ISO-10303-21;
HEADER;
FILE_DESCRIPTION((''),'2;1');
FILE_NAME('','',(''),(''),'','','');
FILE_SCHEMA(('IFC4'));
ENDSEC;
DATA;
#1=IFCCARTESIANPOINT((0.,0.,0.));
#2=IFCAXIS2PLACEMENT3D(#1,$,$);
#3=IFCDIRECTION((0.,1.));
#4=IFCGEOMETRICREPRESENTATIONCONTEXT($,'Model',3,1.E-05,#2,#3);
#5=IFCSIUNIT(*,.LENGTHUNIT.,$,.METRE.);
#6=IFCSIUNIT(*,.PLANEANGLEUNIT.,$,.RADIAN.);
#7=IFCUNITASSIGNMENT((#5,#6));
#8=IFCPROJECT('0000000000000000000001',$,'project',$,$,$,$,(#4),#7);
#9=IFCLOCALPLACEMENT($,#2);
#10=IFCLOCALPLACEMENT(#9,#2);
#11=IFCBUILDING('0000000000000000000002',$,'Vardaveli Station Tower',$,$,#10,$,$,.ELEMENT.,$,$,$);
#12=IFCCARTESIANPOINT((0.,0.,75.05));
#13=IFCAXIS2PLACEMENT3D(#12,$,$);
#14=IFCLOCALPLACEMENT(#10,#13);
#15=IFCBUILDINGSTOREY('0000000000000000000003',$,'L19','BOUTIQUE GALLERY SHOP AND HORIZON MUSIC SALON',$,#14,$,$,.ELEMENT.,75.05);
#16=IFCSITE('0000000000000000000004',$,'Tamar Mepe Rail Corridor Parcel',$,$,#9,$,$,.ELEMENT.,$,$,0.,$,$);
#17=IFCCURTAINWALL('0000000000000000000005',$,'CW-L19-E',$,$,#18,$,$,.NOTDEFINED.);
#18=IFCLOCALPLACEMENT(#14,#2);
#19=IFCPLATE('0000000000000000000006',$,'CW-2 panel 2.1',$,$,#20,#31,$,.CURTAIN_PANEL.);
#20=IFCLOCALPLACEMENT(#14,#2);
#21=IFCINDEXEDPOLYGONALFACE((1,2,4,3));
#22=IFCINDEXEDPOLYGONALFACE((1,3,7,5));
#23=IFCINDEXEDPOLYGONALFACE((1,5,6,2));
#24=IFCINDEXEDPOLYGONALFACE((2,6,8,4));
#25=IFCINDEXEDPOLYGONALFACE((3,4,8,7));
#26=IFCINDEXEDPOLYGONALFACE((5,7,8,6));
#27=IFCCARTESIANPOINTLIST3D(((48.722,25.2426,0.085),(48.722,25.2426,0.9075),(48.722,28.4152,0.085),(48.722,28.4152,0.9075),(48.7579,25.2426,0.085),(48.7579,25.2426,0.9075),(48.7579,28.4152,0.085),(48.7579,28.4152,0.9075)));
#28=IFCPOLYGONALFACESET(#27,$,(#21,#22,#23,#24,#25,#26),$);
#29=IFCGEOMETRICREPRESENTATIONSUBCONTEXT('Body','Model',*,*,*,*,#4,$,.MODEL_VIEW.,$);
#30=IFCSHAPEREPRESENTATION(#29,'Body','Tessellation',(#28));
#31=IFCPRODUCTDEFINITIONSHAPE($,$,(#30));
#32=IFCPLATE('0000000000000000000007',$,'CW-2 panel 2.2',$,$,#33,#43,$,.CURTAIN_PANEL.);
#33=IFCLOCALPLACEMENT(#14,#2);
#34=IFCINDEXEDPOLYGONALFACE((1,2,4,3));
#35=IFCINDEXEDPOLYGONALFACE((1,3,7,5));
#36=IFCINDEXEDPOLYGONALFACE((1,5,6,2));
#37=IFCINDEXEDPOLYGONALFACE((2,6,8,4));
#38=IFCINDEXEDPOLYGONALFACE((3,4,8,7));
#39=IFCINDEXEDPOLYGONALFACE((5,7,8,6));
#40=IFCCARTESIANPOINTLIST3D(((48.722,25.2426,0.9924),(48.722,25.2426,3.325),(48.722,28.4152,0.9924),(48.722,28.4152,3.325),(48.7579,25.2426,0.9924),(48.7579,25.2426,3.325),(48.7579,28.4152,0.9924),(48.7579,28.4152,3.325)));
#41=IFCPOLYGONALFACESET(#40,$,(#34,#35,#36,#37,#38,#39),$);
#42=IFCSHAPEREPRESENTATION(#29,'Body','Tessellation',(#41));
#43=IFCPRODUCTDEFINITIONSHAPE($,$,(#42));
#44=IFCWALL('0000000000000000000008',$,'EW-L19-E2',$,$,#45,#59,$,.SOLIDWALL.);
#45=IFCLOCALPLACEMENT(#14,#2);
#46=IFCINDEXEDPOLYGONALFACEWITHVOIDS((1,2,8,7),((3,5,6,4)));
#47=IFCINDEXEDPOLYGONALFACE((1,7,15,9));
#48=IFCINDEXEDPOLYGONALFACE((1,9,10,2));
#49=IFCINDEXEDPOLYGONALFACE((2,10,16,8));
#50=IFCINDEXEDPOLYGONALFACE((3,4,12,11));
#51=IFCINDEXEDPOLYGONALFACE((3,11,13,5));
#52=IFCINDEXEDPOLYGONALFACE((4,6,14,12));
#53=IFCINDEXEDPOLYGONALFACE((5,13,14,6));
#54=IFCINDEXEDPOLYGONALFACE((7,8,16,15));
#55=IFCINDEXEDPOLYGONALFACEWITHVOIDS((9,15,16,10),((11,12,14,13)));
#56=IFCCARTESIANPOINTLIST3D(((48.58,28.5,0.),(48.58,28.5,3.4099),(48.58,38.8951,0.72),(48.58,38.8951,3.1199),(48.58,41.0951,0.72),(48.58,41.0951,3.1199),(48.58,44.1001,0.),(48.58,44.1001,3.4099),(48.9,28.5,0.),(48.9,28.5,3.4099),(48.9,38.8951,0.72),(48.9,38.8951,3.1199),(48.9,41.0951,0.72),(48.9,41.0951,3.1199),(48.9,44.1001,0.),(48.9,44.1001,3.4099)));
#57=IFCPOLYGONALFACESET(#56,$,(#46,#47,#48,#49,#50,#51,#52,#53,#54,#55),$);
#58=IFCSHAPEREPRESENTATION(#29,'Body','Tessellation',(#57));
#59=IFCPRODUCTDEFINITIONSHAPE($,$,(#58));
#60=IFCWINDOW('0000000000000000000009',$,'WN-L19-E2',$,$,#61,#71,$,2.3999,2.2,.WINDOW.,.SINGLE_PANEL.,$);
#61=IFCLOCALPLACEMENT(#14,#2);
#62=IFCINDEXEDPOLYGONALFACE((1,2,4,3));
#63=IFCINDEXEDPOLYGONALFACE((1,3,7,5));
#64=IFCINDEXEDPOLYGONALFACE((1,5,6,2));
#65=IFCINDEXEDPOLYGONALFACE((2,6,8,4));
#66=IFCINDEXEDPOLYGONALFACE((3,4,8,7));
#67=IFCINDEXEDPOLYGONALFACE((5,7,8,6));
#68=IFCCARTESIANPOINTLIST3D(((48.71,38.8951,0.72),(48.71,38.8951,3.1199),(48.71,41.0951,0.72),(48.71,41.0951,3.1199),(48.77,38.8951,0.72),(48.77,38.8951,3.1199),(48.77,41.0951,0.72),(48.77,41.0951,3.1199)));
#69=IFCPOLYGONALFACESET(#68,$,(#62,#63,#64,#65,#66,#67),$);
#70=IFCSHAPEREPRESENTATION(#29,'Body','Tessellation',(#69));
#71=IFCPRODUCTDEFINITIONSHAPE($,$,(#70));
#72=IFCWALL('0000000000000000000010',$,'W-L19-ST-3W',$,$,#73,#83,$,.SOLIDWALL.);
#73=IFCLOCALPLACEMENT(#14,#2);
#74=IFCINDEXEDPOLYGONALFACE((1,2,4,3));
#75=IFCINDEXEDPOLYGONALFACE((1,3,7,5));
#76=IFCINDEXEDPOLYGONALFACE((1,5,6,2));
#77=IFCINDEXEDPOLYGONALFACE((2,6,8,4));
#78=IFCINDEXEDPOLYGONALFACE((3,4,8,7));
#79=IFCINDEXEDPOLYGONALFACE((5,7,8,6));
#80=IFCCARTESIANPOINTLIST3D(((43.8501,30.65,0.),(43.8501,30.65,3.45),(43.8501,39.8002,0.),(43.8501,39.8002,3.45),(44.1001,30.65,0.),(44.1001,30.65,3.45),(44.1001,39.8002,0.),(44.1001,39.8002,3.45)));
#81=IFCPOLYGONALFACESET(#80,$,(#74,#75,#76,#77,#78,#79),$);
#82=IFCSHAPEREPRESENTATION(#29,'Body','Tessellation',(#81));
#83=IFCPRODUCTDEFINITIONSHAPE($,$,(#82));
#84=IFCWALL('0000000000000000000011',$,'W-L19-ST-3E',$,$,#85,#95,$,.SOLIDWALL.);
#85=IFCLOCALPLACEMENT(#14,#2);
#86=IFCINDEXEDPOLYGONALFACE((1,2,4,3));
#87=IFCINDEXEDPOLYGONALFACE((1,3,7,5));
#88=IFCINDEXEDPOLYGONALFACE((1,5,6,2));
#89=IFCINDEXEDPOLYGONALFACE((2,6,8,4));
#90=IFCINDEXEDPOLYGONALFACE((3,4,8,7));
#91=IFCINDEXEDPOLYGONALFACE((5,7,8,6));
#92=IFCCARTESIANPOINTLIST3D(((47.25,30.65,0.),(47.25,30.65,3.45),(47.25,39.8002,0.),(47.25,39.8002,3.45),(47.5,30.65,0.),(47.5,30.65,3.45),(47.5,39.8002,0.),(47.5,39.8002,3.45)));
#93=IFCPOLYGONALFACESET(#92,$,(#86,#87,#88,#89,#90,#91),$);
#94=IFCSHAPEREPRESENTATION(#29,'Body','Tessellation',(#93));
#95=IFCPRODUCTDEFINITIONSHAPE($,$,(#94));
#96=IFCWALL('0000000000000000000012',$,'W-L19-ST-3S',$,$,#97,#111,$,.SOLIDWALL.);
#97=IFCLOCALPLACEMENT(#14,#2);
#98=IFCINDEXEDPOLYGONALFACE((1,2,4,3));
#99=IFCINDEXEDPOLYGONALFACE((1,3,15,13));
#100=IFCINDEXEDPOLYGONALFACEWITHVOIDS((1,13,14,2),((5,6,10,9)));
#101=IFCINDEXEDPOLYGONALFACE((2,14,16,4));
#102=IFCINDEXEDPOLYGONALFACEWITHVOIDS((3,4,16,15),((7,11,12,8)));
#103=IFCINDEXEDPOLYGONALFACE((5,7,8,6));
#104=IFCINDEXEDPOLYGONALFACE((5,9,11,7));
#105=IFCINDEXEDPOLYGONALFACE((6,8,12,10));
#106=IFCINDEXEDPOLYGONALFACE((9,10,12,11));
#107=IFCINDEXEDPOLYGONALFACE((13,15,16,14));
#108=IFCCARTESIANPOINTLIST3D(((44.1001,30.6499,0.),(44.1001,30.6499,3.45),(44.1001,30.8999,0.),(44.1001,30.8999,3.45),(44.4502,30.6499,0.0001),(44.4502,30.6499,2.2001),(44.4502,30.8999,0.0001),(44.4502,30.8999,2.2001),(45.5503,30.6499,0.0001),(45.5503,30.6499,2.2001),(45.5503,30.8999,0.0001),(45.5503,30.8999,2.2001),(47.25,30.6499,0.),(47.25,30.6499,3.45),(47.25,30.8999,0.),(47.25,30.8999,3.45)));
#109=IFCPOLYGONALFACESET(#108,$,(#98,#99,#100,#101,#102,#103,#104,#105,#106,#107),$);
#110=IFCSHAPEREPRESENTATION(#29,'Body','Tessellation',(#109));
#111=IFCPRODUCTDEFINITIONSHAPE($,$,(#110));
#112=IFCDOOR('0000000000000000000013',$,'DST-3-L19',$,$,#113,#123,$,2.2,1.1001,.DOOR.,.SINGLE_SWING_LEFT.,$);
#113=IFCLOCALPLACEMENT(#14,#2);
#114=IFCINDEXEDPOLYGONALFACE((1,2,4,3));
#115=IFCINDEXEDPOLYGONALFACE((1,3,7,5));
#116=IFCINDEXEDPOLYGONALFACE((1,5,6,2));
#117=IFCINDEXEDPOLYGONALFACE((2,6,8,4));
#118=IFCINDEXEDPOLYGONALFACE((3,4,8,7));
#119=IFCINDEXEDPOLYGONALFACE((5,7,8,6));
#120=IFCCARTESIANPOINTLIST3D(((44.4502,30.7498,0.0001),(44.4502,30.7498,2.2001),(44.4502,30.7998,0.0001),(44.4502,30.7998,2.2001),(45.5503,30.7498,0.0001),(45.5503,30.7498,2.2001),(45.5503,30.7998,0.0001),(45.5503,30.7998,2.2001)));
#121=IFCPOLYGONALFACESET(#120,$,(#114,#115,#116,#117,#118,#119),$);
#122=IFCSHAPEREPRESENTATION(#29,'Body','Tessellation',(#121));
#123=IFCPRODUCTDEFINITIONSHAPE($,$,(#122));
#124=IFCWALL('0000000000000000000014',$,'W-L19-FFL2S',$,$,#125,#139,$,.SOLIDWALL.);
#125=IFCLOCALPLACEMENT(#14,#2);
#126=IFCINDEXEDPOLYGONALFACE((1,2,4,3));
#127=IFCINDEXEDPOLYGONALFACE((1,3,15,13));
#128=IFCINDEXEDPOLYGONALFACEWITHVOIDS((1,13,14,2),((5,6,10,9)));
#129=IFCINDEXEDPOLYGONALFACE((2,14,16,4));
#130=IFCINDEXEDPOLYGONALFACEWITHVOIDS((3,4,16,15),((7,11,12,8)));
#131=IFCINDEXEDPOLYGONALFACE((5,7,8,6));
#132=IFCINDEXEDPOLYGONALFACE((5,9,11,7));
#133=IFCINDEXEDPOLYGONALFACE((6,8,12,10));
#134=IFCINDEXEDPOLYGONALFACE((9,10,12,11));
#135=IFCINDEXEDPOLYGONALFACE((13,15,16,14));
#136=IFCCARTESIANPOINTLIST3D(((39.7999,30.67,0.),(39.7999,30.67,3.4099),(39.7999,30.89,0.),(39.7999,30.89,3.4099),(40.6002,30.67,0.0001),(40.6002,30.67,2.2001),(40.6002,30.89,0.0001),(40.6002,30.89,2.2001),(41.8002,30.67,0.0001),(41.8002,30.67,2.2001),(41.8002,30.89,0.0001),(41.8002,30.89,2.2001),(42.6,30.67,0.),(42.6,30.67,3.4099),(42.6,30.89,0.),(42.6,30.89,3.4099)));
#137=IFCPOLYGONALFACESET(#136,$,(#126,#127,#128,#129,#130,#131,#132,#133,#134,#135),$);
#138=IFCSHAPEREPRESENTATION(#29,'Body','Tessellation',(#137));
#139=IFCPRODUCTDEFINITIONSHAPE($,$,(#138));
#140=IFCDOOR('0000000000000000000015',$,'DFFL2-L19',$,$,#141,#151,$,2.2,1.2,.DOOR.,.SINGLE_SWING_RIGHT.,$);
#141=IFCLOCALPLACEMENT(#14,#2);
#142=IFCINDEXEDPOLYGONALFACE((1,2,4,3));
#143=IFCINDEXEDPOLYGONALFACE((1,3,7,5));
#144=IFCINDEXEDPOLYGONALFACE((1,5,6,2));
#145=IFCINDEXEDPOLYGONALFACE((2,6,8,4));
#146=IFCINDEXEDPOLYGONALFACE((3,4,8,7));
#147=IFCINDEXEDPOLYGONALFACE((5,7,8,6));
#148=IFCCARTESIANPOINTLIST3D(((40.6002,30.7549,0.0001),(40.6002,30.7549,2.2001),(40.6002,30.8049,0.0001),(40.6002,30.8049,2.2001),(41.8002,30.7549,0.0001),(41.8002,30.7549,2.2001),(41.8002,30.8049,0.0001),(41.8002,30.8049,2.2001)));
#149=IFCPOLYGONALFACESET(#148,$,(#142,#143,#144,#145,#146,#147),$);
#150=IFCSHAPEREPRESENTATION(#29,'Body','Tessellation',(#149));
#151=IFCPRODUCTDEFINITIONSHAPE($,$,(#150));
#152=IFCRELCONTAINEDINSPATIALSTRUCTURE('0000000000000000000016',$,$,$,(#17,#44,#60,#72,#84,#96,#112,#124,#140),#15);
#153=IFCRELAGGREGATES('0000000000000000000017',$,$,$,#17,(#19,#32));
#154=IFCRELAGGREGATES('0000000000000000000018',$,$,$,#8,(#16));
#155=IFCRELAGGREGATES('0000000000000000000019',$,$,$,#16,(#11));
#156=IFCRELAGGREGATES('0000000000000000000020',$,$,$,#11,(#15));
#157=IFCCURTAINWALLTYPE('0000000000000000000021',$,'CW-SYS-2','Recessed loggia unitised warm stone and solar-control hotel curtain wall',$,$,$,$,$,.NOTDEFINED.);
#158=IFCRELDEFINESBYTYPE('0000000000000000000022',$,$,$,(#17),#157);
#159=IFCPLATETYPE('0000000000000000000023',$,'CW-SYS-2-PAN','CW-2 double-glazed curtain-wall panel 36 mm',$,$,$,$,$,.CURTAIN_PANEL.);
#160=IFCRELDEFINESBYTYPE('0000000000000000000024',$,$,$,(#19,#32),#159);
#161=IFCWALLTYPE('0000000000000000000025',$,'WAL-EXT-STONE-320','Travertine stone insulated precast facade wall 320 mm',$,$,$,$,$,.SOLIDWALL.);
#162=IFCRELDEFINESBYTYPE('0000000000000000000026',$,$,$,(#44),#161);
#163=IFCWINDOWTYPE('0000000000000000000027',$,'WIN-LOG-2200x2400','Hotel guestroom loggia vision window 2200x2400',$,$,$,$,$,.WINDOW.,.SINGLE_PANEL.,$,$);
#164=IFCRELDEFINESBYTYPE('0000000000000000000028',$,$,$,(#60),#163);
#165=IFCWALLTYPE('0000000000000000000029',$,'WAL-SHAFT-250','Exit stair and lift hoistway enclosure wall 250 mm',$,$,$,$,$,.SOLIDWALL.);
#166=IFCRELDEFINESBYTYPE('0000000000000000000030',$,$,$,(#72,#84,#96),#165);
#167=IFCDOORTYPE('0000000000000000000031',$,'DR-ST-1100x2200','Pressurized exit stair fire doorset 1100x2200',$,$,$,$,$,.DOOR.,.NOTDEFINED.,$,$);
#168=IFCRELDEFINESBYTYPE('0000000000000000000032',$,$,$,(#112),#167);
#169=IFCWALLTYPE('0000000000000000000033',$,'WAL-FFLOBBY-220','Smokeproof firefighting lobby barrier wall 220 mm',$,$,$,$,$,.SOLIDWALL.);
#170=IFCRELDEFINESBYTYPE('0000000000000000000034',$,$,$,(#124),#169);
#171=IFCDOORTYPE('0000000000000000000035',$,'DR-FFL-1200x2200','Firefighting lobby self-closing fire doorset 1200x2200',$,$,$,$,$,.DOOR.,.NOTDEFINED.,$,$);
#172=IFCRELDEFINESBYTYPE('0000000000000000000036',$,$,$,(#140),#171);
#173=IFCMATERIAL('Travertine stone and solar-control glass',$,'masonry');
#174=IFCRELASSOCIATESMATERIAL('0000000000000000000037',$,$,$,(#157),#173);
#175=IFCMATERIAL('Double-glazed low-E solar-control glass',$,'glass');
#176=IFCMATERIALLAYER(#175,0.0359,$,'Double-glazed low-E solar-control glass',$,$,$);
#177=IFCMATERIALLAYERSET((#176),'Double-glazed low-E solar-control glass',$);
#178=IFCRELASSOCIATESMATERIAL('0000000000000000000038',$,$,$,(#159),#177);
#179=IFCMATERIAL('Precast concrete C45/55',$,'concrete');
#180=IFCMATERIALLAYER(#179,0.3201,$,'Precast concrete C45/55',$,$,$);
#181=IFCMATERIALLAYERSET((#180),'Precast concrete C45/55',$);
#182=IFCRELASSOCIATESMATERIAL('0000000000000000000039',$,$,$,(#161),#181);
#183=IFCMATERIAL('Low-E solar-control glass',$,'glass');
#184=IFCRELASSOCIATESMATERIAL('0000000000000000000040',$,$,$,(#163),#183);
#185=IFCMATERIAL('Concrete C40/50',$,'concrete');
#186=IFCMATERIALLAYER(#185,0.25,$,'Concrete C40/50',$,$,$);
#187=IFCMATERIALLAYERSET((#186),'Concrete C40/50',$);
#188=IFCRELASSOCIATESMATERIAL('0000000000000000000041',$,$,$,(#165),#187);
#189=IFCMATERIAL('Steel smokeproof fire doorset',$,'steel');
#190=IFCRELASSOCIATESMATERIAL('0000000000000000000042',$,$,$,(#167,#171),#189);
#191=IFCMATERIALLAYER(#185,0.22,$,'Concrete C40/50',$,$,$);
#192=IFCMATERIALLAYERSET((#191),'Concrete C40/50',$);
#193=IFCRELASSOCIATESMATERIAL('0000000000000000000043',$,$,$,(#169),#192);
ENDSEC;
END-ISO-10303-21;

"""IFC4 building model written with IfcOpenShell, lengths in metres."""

from ifc_helpers import new_model, si_unit, direction, frame, frame_2d, origin, origin_2d, place, context, subcontext, project, spatial, rectangle, extrude, source, transform, mapped, material, layer, layer_set, type_object, element, fill, aggregate, save


model = new_model("IFC4")

# Units and contexts
model_context = context("Model", 3, precision=1e-05, world=origin(), true_north=direction((0.0, 1.0)))
body_context = subcontext(model_context, "Body", "Model", "MODEL_VIEW")
ifc_project = project(units=[si_unit("LENGTHUNIT", "METRE"), si_unit("PLANEANGLEUNIT", "RADIAN")], contexts=[model_context])

# Site, building, storey
site_placement = place(None, origin())
site = spatial("IfcSite", under=ifc_project, at=site_placement, Name="Tamar Mepe Rail Corridor Parcel", CompositionType="ELEMENT", RefElevation=0.0)
building_placement = place(site_placement, origin())
building = spatial("IfcBuilding", under=site, at=building_placement, Name="Vardaveli Station Tower", CompositionType="ELEMENT")
storey_placement = place(building_placement, frame((0.0, 0.0, 75.05)))
storey = spatial("IfcBuildingStorey", under=building, at=storey_placement, Name="L19", Description="BOUTIQUE GALLERY SHOP AND HORIZON MUSIC SALON", CompositionType="ELEMENT", Elevation=75.05)

# Shared definitions
ifc_material_1 = material(Name="Precast concrete C45/55", Category="concrete")

# Curtain wall, plates
ifc_material_2 = material(Name="Travertine stone and solar-control glass", Category="masonry")
curtain_wall_type = type_object("IfcCurtainWallType", Name="CW-SYS-2", Description="Recessed loggia unitised warm stone and solar-control hotel curtain wall", PredefinedType="NOTDEFINED", material=ifc_material_2)
curtain_wall_placement = place(storey_placement, origin())
curtain_wall = element("IfcCurtainWall", 1, at=curtain_wall_placement, inside=storey, type_object=curtain_wall_type, Name="CW-L19-E", PredefinedType="NOTDEFINED")
ifc_material_3 = material(Name="Double-glazed low-E solar-control glass", Category="glass")
ifc_layer_1 = layer(ifc_material_3, 0.0359, Name="Double-glazed low-E solar-control glass")
ifc_layer_set_1 = layer_set([ifc_layer_1], Name="Double-glazed low-E solar-control glass")
plate_type = type_object("IfcPlateType", Name="CW-SYS-2-PAN", Description="CW-2 double-glazed curtain-wall panel 36 mm", PredefinedType="CURTAIN_PANEL", material=ifc_layer_set_1)
shared_shape_1 = source(origin(), body_context, "Body", "SweptSolid", [
    extrude(rectangle(XDim=3.1726, YDim=0.0359, at=origin_2d()), origin(), (0.0, 0.0, 1.0), 0.8225),
])
plate_1_placement = place(storey_placement, frame((48.74, 26.8289, 0.085), z_axis=(0.0, 0.0, 1.0), x_axis=(0.0, 1.0, 0.0)))
plate_1 = element("IfcPlate", 2, at=plate_1_placement, type_object=plate_type, Name="CW-2 panel 2.1", PredefinedType="CURTAIN_PANEL", context=body_context, shape_type="MappedRepresentation", body=[
    mapped(shared_shape_1, transform((0.0, 0.0, 0.0), scale=1.0)),
])
shared_shape_2 = source(origin(), body_context, "Body", "SweptSolid", [
    extrude(rectangle(XDim=3.1726, YDim=0.0359, at=origin_2d()), origin(), (0.0, 0.0, 1.0), 2.3325),
])
plate_2_placement = place(storey_placement, frame((48.74, 26.8289, 0.9924), z_axis=(0.0, 0.0, 1.0), x_axis=(0.0, 1.0, 0.0)))
plate_2 = element("IfcPlate", 3, at=plate_2_placement, type_object=plate_type, Name="CW-2 panel 2.2", PredefinedType="CURTAIN_PANEL", context=body_context, shape_type="MappedRepresentation", body=[
    mapped(shared_shape_2, transform((0.0, 0.0, 0.0), scale=1.0)),
])
aggregate(curtain_wall, [plate_1, plate_2])

# Wall, opening, window
ifc_layer_2 = layer(ifc_material_1, 0.3201, Name="Precast concrete C45/55")
ifc_layer_set_2 = layer_set([ifc_layer_2], Name="Precast concrete C45/55")
wall_type_1 = type_object("IfcWallType", Name="WAL-EXT-STONE-320", Description="Travertine stone insulated precast facade wall 320 mm", PredefinedType="SOLIDWALL", material=ifc_layer_set_2)
shared_shape_3 = source(origin(), body_context, "Body", "SweptSolid", [
    extrude(rectangle(XDim=15.6001, YDim=0.3201, at=frame_2d((7.8, 0.0))), origin(), (0.0, 0.0, 1.0), 3.4099),
])
wall_1_placement = place(storey_placement, frame((48.74, 28.5, 0.0), z_axis=(0.0, 0.0, 1.0), x_axis=(0.0, 1.0, 0.0)))
wall_1 = element("IfcWall", 4, at=wall_1_placement, inside=storey, type_object=wall_type_1, Name="EW-L19-E2", PredefinedType="SOLIDWALL", context=body_context, shape_type="MappedRepresentation", body=[
    mapped(shared_shape_3, transform((0.0, 0.0, 0.0), scale=1.0)),
])
shared_shape_4 = source(origin(), body_context, "Body", "SweptSolid", [
    extrude(rectangle(XDim=2.2, YDim=2.3999, at=frame_2d((1.1001, 1.2))), frame((0.0, 0.1699, 0.0), z_axis=(0.0, -1.0, 0.0), x_axis=(1.0, 0.0, 0.0)), (0.0, 0.0, 1.0), 0.3401),
])
opening_1_placement = place(wall_1_placement, frame((10.395, 0.0, 0.72)))
opening_1 = element("IfcOpeningElement", 5, at=opening_1_placement, cuts=wall_1, PredefinedType="OPENING", context=body_context, shape_type="MappedRepresentation", body=[
    mapped(shared_shape_4, transform((0.0, 0.0, 0.0), scale=1.0)),
])
ifc_material_4 = material(Name="Low-E solar-control glass", Category="glass")
window_type = type_object("IfcWindowType", Name="WIN-LOG-2200x2400", Description="Hotel guestroom loggia vision window 2200x2400", PartitioningType="SINGLE_PANEL", PredefinedType="WINDOW", material=ifc_material_4)
shared_shape_5 = source(origin(), body_context, "Body", "SweptSolid", [
    extrude(rectangle(XDim=2.2, YDim=2.3999, at=frame_2d((1.1001, 1.2))), frame((0.0, 0.03, 0.0), z_axis=(0.0, -1.0, 0.0), x_axis=(1.0, 0.0, 0.0)), (0.0, 0.0, 1.0), 0.0601),
])
window_placement = place(opening_1_placement, origin())
window = element("IfcWindow", 6, at=window_placement, inside=storey, type_object=window_type, Name="WN-L19-E2", OverallHeight=2.3999, OverallWidth=2.2, PartitioningType="SINGLE_PANEL", PredefinedType="WINDOW", context=body_context, shape_type="MappedRepresentation", body=[
    mapped(shared_shape_5, transform((0.0, 0.0, 0.0), scale=1.0)),
])
fill(opening_1, window)

# Walls
ifc_material_5 = material(Name="Concrete C40/50", Category="concrete")
ifc_layer_3 = layer(ifc_material_5, 0.25, Name="Concrete C40/50")
ifc_layer_set_3 = layer_set([ifc_layer_3], Name="Concrete C40/50")
wall_type_2 = type_object("IfcWallType", Name="WAL-SHAFT-250", Description="Exit stair and lift hoistway enclosure wall 250 mm", PredefinedType="SOLIDWALL", material=ifc_layer_set_3)
shared_shape_6 = source(origin(), body_context, "Body", "SweptSolid", [
    extrude(rectangle(XDim=9.1501, YDim=0.25, at=frame_2d((4.5752, 0.0))), origin(), (0.0, 0.0, 1.0), 3.45),
])
for number, where, z_axis, x_axis, name in (
    (7, (43.9751, 30.6499, 0.0), (0.0, 0.0, 1.0), (0.0, 1.0, 0.0), "W-L19-ST-3W"),
    (8, (47.375, 30.6499, 0.0), (0.0, 0.0, 1.0), (0.0, 1.0, 0.0), "W-L19-ST-3E"),
):
    element("IfcWall", number, at=place(storey_placement, frame(where, z_axis=z_axis, x_axis=x_axis)), inside=storey, type_object=wall_type_2, Name=name, PredefinedType="SOLIDWALL", context=body_context, shape_type="MappedRepresentation", body=[
        mapped(shared_shape_6, transform((0.0, 0.0, 0.0), scale=1.0)),
    ])

# Walls, openings, doors
shared_shape_7 = source(origin(), body_context, "Body", "SweptSolid", [
    extrude(rectangle(XDim=3.1499, YDim=0.25, at=frame_2d((1.575, 0.0))), origin(), (0.0, 0.0, 1.0), 3.45),
])
wall_2_placement = place(storey_placement, frame((44.1001, 30.7749, 0.0), z_axis=(0.0, 0.0, 1.0), x_axis=(1.0, 0.0, 0.0)))
wall_2 = element("IfcWall", 9, at=wall_2_placement, inside=storey, type_object=wall_type_2, Name="W-L19-ST-3S", PredefinedType="SOLIDWALL", context=body_context, shape_type="MappedRepresentation", body=[
    mapped(shared_shape_7, transform((0.0, 0.0, 0.0), scale=1.0)),
])
shared_shape_8 = source(origin(), body_context, "Body", "SweptSolid", [
    extrude(rectangle(XDim=1.1001, YDim=2.2, at=frame_2d((0.55, 1.1001))), frame((0.0, 0.135, 0.0), z_axis=(0.0, -1.0, 0.0), x_axis=(1.0, 0.0, 0.0)), (0.0, 0.0, 1.0), 0.27),
])
opening_2_placement = place(wall_2_placement, frame((0.3501, 0.0, 0.0)))
opening_2 = element("IfcOpeningElement", 10, at=opening_2_placement, cuts=wall_2, PredefinedType="OPENING", context=body_context, shape_type="MappedRepresentation", body=[
    mapped(shared_shape_8, transform((0.0, 0.0, 0.0), scale=1.0)),
])
ifc_material_6 = material(Name="Steel smokeproof fire doorset", Category="steel")
door_type_1 = type_object("IfcDoorType", Name="DR-ST-1100x2200", Description="Pressurized exit stair fire doorset 1100x2200", OperationType="NOTDEFINED", PredefinedType="DOOR", material=ifc_material_6)
shared_shape_9 = source(origin(), body_context, "Body", "SweptSolid", [
    extrude(rectangle(XDim=1.1001, YDim=2.2, at=frame_2d((0.55, 1.1001))), frame((0.0, 0.0249, 0.0), z_axis=(0.0, -1.0, 0.0), x_axis=(1.0, 0.0, 0.0)), (0.0, 0.0, 1.0), 0.05),
])
door_1_placement = place(opening_2_placement, origin())
door_1 = element("IfcDoor", 11, at=door_1_placement, inside=storey, type_object=door_type_1, Name="DST-3-L19", OperationType="SINGLE_SWING_LEFT", OverallHeight=2.2, OverallWidth=1.1001, PredefinedType="DOOR", context=body_context, shape_type="MappedRepresentation", body=[
    mapped(shared_shape_9, transform((0.0, 0.0, 0.0), scale=1.0)),
])
fill(opening_2, door_1)
ifc_layer_4 = layer(ifc_material_5, 0.22, Name="Concrete C40/50")
ifc_layer_set_4 = layer_set([ifc_layer_4], Name="Concrete C40/50")
wall_type_3 = type_object("IfcWallType", Name="WAL-FFLOBBY-220", Description="Smokeproof firefighting lobby barrier wall 220 mm", PredefinedType="SOLIDWALL", material=ifc_layer_set_4)
shared_shape_10 = source(origin(), body_context, "Body", "SweptSolid", [
    extrude(rectangle(XDim=2.8, YDim=0.22, at=frame_2d((1.3999, 0.0))), origin(), (0.0, 0.0, 1.0), 3.4099),
])
wall_3_placement = place(storey_placement, frame((39.8, 30.78, 0.0), z_axis=(0.0, 0.0, 1.0), x_axis=(1.0, 0.0, 0.0)))
wall_3 = element("IfcWall", 12, at=wall_3_placement, inside=storey, type_object=wall_type_3, Name="W-L19-FFL2S", PredefinedType="SOLIDWALL", context=body_context, shape_type="MappedRepresentation", body=[
    mapped(shared_shape_10, transform((0.0, 0.0, 0.0), scale=1.0)),
])
shared_shape_11 = source(origin(), body_context, "Body", "SweptSolid", [
    extrude(rectangle(XDim=1.2, YDim=2.2, at=frame_2d((0.6001, 1.1001))), frame((0.0, 0.1201, 0.0), z_axis=(0.0, -1.0, 0.0), x_axis=(1.0, 0.0, 0.0)), (0.0, 0.0, 1.0), 0.24),
])
opening_3_placement = place(wall_3_placement, frame((0.8, 0.0, 0.0)))
opening_3 = element("IfcOpeningElement", 13, at=opening_3_placement, cuts=wall_3, PredefinedType="OPENING", context=body_context, shape_type="MappedRepresentation", body=[
    mapped(shared_shape_11, transform((0.0, 0.0, 0.0), scale=1.0)),
])
door_type_2 = type_object("IfcDoorType", Name="DR-FFL-1200x2200", Description="Firefighting lobby self-closing fire doorset 1200x2200", OperationType="NOTDEFINED", PredefinedType="DOOR", material=ifc_material_6)
shared_shape_12 = source(origin(), body_context, "Body", "SweptSolid", [
    extrude(rectangle(XDim=1.2, YDim=2.2, at=frame_2d((0.6001, 1.1001))), frame((0.0, 0.0249, 0.0), z_axis=(0.0, -1.0, 0.0), x_axis=(1.0, 0.0, 0.0)), (0.0, 0.0, 1.0), 0.05),
])
door_2_placement = place(opening_3_placement, origin())
door_2 = element("IfcDoor", 14, at=door_2_placement, inside=storey, type_object=door_type_2, Name="DFFL2-L19", OperationType="SINGLE_SWING_RIGHT", OverallHeight=2.2, OverallWidth=1.2, PredefinedType="DOOR", context=body_context, shape_type="MappedRepresentation", body=[
    mapped(shared_shape_12, transform((0.0, 0.0, 0.0), scale=1.0)),
])
fill(opening_3, door_2)

save(model, "model.ifc")
